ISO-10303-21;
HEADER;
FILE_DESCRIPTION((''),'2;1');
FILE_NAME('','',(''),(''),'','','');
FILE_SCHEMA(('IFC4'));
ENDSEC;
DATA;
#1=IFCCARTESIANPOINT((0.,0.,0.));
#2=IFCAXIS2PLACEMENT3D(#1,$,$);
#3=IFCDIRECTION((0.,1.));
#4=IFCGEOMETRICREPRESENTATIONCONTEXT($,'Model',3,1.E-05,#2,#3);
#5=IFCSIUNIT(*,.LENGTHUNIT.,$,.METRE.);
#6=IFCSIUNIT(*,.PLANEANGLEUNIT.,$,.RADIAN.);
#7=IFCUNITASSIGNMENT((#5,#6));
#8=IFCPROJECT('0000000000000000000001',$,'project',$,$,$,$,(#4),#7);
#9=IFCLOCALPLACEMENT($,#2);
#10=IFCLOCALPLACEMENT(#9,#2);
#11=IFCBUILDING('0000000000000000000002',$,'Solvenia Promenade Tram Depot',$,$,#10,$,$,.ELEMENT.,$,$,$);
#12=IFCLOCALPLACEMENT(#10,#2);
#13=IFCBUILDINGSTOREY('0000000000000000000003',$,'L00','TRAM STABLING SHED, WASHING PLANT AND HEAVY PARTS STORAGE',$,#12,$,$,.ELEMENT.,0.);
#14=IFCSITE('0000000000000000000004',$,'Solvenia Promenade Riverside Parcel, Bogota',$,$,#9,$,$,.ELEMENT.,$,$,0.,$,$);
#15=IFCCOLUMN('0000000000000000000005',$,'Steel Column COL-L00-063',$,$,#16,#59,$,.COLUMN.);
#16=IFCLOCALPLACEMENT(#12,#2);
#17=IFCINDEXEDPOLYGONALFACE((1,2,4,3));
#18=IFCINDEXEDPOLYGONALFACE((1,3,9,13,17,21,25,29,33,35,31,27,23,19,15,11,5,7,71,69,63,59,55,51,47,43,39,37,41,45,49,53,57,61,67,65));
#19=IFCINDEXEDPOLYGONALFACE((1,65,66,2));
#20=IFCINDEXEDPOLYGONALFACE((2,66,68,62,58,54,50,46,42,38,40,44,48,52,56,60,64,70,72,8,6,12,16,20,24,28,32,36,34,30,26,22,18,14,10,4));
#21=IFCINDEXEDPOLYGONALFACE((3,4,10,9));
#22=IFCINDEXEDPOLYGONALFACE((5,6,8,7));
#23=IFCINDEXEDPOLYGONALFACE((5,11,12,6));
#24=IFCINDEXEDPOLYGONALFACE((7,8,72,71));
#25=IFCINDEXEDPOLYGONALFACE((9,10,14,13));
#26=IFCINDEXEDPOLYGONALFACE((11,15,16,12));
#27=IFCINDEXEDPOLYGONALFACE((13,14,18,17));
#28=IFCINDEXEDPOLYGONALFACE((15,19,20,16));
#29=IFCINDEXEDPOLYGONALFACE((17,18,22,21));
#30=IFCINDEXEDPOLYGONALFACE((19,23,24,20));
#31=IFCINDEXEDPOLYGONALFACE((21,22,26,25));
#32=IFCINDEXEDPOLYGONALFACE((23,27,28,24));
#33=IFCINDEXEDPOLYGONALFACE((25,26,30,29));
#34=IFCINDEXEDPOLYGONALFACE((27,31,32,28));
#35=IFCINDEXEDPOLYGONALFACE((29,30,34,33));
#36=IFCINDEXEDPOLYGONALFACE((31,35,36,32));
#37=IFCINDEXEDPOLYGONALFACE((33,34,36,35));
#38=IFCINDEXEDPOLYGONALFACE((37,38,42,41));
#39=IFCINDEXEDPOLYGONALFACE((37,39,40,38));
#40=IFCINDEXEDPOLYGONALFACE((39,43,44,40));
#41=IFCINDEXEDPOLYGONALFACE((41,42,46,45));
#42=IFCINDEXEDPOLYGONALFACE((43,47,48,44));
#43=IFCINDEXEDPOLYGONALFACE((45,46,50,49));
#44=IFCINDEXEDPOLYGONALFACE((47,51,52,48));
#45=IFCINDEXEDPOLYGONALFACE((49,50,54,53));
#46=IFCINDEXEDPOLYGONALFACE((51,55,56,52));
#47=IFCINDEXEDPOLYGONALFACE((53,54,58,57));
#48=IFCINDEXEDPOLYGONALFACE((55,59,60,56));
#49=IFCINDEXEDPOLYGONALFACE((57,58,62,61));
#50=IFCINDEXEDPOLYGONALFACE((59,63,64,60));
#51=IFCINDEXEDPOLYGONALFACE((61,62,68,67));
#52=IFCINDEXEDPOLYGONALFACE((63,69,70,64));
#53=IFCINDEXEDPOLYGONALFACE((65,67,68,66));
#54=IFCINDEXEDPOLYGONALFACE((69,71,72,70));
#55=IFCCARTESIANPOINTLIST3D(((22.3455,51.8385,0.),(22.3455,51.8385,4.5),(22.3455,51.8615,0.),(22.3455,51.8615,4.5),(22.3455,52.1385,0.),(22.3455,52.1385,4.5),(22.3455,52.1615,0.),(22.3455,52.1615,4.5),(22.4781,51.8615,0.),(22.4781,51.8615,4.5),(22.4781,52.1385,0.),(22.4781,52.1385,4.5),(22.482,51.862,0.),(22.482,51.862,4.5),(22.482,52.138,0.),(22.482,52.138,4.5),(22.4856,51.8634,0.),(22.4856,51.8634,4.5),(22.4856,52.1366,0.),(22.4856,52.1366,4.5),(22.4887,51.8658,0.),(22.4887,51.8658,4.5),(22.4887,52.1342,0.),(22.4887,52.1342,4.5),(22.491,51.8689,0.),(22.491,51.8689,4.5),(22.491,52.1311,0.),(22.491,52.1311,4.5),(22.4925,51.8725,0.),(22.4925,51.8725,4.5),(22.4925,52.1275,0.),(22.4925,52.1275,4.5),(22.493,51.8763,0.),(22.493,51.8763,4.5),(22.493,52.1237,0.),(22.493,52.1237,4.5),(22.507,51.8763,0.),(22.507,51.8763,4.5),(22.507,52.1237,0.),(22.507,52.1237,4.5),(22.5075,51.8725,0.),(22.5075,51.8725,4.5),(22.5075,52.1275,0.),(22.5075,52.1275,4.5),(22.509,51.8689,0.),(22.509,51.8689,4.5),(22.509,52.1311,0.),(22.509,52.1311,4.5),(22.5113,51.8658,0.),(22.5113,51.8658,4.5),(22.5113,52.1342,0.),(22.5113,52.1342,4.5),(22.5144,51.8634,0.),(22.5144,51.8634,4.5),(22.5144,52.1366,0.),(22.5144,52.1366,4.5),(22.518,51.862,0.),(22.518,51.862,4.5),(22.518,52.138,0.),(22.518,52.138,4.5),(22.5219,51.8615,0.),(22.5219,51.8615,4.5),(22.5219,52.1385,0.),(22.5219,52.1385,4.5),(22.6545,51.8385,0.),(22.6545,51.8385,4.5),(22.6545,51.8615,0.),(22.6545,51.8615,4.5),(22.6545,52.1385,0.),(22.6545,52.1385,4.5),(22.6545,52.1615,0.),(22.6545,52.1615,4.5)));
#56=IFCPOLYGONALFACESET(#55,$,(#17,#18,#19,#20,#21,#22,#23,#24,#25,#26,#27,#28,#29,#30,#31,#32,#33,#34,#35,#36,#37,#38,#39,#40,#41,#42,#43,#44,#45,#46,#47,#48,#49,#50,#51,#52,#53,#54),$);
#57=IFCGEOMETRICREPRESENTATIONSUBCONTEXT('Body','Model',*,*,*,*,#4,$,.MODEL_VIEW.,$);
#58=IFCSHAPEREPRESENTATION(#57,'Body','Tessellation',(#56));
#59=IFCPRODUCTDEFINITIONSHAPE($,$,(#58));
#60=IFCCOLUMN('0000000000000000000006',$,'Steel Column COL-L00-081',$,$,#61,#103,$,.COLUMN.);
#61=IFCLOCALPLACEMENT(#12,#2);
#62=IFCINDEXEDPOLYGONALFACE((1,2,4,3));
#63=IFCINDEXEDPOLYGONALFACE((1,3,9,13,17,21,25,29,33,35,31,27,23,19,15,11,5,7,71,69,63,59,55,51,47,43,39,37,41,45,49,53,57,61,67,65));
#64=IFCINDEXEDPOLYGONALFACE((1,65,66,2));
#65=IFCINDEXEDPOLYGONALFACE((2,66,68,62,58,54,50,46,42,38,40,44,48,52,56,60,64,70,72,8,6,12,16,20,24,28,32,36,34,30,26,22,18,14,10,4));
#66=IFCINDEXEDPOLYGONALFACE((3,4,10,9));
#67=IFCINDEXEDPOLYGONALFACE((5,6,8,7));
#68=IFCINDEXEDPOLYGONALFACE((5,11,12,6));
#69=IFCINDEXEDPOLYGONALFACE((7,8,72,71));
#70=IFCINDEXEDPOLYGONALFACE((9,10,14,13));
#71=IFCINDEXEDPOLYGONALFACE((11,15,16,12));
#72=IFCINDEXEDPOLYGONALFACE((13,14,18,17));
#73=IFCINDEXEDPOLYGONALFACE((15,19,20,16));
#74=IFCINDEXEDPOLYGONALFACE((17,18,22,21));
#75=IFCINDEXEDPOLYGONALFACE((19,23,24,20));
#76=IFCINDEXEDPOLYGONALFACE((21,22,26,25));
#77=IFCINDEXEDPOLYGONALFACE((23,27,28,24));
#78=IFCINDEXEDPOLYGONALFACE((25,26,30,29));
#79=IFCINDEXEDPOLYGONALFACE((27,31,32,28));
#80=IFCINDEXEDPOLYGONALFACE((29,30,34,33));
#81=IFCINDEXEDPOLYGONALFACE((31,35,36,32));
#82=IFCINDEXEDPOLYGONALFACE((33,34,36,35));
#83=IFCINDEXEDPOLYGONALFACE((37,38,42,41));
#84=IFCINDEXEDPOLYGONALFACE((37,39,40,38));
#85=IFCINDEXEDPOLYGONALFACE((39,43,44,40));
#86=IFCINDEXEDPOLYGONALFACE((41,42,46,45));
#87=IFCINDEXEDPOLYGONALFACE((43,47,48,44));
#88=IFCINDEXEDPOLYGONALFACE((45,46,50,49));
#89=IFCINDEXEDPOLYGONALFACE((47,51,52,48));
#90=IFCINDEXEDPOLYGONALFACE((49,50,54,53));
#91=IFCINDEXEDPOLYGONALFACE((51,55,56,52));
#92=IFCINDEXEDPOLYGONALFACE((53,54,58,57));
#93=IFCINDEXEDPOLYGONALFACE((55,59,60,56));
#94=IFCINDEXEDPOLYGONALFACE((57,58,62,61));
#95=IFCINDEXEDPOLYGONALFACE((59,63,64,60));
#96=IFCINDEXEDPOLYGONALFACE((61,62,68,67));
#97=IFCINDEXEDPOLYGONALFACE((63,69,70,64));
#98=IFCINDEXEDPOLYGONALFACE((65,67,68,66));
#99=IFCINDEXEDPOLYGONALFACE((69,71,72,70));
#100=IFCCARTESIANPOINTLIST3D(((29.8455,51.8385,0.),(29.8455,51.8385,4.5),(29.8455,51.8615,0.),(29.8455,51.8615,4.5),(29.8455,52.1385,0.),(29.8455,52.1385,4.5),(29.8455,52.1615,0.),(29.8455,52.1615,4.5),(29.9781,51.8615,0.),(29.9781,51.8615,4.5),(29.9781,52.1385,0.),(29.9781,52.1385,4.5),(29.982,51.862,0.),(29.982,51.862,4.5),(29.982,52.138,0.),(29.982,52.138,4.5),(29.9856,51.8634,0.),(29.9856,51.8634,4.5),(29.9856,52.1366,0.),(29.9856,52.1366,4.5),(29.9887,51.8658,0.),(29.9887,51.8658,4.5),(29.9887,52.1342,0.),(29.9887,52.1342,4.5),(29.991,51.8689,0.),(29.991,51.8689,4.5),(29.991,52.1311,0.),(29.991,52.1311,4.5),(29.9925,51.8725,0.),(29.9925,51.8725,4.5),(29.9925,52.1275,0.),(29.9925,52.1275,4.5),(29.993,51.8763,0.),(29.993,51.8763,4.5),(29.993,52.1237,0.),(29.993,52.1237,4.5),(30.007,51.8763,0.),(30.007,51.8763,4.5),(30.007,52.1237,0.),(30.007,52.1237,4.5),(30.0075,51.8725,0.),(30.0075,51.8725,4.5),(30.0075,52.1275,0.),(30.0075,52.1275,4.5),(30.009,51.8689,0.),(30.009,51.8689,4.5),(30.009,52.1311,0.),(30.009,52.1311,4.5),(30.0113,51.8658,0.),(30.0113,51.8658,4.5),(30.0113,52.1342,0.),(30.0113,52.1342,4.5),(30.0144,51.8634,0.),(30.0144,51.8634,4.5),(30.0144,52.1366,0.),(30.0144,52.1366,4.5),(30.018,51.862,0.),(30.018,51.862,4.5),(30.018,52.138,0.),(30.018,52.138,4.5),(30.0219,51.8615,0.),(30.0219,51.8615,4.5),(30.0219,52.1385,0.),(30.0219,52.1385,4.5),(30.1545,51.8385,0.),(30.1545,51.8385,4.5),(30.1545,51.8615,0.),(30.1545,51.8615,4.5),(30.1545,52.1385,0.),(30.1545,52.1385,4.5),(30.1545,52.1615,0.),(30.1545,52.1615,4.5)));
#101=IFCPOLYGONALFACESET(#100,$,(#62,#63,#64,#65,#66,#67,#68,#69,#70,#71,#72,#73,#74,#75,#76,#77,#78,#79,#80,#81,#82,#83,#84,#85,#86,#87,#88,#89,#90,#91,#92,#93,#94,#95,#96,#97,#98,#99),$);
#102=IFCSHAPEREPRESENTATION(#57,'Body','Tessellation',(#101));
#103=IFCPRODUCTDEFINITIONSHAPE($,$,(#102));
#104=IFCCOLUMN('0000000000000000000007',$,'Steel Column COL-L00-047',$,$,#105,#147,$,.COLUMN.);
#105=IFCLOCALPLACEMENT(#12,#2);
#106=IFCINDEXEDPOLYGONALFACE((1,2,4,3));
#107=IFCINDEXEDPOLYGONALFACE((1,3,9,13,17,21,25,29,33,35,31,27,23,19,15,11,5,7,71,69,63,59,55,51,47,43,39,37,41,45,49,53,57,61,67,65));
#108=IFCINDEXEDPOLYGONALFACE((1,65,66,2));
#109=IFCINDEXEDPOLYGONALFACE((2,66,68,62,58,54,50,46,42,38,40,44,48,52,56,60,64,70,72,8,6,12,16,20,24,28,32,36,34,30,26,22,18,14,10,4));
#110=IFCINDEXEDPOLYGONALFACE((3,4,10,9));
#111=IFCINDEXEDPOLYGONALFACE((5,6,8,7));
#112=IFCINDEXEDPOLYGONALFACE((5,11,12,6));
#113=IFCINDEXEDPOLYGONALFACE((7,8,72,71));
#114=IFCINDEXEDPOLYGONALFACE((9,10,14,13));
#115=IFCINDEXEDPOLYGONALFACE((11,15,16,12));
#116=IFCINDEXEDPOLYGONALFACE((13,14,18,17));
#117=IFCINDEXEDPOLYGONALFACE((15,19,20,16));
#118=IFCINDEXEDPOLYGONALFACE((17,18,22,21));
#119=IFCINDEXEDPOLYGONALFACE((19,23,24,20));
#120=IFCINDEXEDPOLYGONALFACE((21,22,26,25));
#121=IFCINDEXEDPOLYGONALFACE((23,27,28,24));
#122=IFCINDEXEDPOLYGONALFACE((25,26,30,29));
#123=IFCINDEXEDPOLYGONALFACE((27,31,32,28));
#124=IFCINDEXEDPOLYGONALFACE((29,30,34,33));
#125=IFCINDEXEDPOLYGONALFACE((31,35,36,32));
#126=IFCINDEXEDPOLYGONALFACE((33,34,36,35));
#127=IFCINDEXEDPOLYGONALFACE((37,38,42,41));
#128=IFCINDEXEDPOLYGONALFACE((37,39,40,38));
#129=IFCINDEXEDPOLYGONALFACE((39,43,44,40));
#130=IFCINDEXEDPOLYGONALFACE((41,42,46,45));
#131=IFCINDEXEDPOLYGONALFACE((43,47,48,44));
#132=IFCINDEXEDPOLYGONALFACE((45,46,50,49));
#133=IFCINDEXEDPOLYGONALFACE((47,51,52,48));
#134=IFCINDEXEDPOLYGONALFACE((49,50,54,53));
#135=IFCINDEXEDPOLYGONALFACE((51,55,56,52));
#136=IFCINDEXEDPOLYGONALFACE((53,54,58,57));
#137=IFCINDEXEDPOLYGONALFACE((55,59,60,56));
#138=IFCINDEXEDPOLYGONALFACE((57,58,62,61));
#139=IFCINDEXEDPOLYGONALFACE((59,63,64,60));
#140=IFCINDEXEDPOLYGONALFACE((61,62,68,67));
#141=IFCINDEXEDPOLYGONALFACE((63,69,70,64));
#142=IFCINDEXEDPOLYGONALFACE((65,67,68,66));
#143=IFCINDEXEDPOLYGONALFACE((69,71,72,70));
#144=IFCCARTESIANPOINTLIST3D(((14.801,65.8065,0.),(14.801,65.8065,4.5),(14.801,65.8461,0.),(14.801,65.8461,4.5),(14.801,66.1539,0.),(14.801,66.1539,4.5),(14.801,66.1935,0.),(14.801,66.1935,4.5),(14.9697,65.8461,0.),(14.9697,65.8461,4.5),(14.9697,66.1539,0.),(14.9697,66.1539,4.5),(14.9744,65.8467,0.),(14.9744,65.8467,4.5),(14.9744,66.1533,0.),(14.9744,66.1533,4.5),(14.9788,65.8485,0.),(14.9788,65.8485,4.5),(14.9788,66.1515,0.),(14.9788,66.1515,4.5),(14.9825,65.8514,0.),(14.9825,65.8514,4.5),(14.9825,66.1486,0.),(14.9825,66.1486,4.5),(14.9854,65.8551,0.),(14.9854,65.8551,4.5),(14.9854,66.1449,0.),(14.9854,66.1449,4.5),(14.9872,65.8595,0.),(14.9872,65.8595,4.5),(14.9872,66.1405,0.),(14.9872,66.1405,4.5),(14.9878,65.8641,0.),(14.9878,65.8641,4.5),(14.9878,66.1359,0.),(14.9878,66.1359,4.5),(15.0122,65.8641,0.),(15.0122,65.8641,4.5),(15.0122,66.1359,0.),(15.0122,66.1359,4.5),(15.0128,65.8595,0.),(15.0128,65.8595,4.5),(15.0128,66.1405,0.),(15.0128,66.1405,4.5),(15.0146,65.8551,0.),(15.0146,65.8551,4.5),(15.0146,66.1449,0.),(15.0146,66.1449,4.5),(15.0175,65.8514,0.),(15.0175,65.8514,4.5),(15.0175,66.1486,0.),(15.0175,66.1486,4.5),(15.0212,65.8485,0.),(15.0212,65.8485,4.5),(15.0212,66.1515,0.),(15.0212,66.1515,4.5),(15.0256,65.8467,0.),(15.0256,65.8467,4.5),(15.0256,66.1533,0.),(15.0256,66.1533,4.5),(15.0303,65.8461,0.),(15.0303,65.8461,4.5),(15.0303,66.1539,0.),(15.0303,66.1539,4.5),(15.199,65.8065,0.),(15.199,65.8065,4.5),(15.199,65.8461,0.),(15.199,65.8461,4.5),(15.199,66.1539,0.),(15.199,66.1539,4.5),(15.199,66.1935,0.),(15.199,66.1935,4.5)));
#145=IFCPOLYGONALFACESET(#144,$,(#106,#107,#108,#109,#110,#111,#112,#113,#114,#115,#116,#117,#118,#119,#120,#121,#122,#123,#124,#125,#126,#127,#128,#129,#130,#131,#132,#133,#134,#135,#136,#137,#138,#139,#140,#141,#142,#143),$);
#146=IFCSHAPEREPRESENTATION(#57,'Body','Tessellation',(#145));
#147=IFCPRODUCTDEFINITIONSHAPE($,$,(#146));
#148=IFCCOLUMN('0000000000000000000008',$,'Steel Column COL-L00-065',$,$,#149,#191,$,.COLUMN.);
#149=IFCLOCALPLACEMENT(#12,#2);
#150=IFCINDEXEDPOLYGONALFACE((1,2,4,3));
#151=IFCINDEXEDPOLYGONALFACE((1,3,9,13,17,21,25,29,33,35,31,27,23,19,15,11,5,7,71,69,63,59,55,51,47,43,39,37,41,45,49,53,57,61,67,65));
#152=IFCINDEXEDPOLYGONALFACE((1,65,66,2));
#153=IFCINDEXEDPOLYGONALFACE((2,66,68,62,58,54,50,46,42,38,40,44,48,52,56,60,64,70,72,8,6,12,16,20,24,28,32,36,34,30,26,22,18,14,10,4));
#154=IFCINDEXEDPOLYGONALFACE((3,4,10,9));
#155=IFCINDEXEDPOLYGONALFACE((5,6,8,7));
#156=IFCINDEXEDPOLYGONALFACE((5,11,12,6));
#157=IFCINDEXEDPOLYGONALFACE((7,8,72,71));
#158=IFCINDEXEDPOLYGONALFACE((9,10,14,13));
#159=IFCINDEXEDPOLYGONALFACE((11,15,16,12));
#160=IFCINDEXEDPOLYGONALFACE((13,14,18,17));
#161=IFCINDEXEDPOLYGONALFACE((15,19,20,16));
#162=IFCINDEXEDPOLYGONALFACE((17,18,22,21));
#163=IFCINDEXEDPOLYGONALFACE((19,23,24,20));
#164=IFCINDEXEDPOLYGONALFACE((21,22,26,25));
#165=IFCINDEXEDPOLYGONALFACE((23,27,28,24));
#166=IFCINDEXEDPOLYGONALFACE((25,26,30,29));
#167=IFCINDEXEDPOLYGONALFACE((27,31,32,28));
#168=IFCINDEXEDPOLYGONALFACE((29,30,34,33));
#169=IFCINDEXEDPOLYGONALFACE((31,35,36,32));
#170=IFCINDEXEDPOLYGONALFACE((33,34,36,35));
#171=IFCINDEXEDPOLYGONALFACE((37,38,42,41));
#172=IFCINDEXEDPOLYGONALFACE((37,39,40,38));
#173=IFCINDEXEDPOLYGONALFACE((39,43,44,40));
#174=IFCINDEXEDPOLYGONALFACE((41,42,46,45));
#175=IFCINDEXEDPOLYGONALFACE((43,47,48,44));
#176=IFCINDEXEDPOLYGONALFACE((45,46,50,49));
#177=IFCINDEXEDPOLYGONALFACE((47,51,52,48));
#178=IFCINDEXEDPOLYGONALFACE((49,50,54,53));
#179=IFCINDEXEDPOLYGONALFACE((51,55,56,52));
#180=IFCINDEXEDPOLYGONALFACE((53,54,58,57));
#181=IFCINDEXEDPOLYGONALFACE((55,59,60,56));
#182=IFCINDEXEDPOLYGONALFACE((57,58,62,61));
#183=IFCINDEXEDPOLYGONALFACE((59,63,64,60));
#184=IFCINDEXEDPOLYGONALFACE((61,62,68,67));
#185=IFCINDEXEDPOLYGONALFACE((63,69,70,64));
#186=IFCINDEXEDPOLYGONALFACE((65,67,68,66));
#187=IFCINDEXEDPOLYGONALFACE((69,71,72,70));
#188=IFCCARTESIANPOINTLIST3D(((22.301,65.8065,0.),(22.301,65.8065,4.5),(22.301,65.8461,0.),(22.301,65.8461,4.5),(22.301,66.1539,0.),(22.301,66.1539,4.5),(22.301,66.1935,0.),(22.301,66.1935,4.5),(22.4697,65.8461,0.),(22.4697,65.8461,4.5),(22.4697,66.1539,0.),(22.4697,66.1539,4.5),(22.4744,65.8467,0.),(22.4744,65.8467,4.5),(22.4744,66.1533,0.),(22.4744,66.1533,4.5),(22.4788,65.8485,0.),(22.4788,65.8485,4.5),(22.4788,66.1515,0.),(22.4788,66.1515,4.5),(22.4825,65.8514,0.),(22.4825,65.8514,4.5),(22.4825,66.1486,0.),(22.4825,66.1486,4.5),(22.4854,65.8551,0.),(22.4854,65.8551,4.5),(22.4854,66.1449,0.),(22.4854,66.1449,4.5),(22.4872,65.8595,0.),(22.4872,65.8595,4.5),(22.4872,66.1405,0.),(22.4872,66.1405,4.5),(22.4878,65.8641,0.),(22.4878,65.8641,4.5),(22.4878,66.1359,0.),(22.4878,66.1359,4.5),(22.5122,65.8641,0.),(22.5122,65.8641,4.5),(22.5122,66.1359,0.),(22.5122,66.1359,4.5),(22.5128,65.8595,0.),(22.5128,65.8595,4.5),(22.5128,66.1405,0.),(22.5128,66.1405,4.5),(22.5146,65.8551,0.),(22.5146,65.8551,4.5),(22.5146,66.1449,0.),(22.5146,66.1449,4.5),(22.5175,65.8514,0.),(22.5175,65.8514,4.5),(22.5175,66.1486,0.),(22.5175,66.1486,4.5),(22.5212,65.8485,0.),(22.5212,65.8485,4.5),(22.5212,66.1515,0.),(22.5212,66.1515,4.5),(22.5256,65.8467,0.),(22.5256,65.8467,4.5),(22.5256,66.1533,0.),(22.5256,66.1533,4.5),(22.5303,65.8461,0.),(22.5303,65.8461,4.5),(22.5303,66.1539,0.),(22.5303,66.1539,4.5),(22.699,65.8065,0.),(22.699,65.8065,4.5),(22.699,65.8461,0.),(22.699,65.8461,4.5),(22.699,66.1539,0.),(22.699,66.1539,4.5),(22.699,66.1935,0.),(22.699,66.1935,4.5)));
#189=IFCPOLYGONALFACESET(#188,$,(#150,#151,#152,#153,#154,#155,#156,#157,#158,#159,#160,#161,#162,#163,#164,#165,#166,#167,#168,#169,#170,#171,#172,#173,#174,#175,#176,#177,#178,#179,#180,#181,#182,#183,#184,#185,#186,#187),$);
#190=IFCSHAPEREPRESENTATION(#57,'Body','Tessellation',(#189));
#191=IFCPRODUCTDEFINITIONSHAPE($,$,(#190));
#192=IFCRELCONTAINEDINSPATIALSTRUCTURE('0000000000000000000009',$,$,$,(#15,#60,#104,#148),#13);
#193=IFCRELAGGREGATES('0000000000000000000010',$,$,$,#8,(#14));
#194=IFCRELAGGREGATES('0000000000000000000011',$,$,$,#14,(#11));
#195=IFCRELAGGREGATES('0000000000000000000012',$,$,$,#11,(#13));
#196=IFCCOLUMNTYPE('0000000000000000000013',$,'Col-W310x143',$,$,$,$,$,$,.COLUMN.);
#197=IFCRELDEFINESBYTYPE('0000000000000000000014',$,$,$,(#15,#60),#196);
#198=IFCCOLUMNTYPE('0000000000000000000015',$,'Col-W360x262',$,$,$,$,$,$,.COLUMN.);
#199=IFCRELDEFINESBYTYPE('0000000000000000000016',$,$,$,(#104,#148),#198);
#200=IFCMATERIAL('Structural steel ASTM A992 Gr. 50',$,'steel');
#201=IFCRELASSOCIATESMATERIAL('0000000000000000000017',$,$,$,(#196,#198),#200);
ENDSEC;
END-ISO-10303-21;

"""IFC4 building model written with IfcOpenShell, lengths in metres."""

from ifc_helpers import new_model, si_unit, direction, frame, origin, origin_2d, place, context, subcontext, project, spatial, i_section, extrude, material, material_profile, profile_set, type_object, element, save


model = new_model("IFC4")

# Units and contexts
model_context = context("Model", 3, precision=1e-05, world=origin(), true_north=direction((0.0, 1.0)))
body_context = subcontext(model_context, "Body", "Model", "MODEL_VIEW")
ifc_project = project(units=[si_unit("LENGTHUNIT", "METRE"), si_unit("PLANEANGLEUNIT", "RADIAN")], contexts=[model_context])

# Site, building, storey
site_placement = place(None, origin())
site = spatial("IfcSite", under=ifc_project, at=site_placement, Name="Solvenia Promenade Riverside Parcel, Bogota", CompositionType="ELEMENT", RefElevation=0.0)
building_placement = place(site_placement, origin())
building = spatial("IfcBuilding", under=site, at=building_placement, Name="Solvenia Promenade Tram Depot", CompositionType="ELEMENT")
storey_placement = place(building_placement, origin())
storey = spatial("IfcBuildingStorey", under=building, at=storey_placement, Name="L00", Description="TRAM STABLING SHED, WASHING PLANT AND HEAVY PARTS STORAGE", CompositionType="ELEMENT", Elevation=0.0)

# Columns
ifc_material_1 = material(Name="Structural steel ASTM A992 Gr. 50", Category="steel")
ifc_material_profile_1 = material_profile(ifc_material_1, i_section(OverallWidth=0.3091, OverallDepth=0.323, WebThickness=0.0139, FlangeThickness=0.0229, FilletRadius=0.0149, at=origin_2d()), Name="W310x143", Category="steel")
ifc_profile_set_1 = profile_set([ifc_material_profile_1], Name="Structural steel ASTM A992 Gr. 50")
column_type_1 = type_object("IfcColumnType", Name="Col-W310x143", PredefinedType="COLUMN", material=ifc_profile_set_1)
for number, where, z_axis, x_axis, name in (
    (1, (22.5, 52.0, 0.0), (0.0, 0.0, 1.0), (1.0, 0.0, 0.0), "Steel Column COL-L00-063"),
    (2, (30.0, 52.0, 0.0), (0.0, 0.0, 1.0), (1.0, 0.0, 0.0), "Steel Column COL-L00-081"),
):
    element("IfcColumn", number, at=place(storey_placement, frame(where, z_axis=z_axis, x_axis=x_axis)), inside=storey, type_object=column_type_1, Name=name, PredefinedType="COLUMN", context=body_context, shape_type="SweptSolid", body=[
        extrude(i_section(OverallWidth=0.3091, OverallDepth=0.323, WebThickness=0.0139, FlangeThickness=0.0229, FilletRadius=0.0149, at=origin_2d()), origin(), (0.0, 0.0, 1.0), 4.5),
    ])
ifc_material_profile_2 = material_profile(ifc_material_1, i_section(OverallWidth=0.3979, OverallDepth=0.387, WebThickness=0.0244, FlangeThickness=0.0396, FilletRadius=0.0181, at=origin_2d()), Name="W360x262", Category="steel")
ifc_profile_set_2 = profile_set([ifc_material_profile_2], Name="Structural steel ASTM A992 Gr. 50")
column_type_2 = type_object("IfcColumnType", Name="Col-W360x262", PredefinedType="COLUMN", material=ifc_profile_set_2)
for number, where, z_axis, x_axis, name in (
    (3, (15.0, 66.0, 0.0), (0.0, 0.0, 1.0), (1.0, 0.0, 0.0), "Steel Column COL-L00-047"),
    (4, (22.5, 66.0, 0.0), (0.0, 0.0, 1.0), (1.0, 0.0, 0.0), "Steel Column COL-L00-065"),
):
    element("IfcColumn", number, at=place(storey_placement, frame(where, z_axis=z_axis, x_axis=x_axis)), inside=storey, type_object=column_type_2, Name=name, PredefinedType="COLUMN", context=body_context, shape_type="SweptSolid", body=[
        extrude(i_section(OverallWidth=0.3979, OverallDepth=0.387, WebThickness=0.0244, FlangeThickness=0.0396, FilletRadius=0.0181, at=origin_2d()), origin(), (0.0, 0.0, 1.0), 4.5),
    ])

save(model, "model.ifc")
